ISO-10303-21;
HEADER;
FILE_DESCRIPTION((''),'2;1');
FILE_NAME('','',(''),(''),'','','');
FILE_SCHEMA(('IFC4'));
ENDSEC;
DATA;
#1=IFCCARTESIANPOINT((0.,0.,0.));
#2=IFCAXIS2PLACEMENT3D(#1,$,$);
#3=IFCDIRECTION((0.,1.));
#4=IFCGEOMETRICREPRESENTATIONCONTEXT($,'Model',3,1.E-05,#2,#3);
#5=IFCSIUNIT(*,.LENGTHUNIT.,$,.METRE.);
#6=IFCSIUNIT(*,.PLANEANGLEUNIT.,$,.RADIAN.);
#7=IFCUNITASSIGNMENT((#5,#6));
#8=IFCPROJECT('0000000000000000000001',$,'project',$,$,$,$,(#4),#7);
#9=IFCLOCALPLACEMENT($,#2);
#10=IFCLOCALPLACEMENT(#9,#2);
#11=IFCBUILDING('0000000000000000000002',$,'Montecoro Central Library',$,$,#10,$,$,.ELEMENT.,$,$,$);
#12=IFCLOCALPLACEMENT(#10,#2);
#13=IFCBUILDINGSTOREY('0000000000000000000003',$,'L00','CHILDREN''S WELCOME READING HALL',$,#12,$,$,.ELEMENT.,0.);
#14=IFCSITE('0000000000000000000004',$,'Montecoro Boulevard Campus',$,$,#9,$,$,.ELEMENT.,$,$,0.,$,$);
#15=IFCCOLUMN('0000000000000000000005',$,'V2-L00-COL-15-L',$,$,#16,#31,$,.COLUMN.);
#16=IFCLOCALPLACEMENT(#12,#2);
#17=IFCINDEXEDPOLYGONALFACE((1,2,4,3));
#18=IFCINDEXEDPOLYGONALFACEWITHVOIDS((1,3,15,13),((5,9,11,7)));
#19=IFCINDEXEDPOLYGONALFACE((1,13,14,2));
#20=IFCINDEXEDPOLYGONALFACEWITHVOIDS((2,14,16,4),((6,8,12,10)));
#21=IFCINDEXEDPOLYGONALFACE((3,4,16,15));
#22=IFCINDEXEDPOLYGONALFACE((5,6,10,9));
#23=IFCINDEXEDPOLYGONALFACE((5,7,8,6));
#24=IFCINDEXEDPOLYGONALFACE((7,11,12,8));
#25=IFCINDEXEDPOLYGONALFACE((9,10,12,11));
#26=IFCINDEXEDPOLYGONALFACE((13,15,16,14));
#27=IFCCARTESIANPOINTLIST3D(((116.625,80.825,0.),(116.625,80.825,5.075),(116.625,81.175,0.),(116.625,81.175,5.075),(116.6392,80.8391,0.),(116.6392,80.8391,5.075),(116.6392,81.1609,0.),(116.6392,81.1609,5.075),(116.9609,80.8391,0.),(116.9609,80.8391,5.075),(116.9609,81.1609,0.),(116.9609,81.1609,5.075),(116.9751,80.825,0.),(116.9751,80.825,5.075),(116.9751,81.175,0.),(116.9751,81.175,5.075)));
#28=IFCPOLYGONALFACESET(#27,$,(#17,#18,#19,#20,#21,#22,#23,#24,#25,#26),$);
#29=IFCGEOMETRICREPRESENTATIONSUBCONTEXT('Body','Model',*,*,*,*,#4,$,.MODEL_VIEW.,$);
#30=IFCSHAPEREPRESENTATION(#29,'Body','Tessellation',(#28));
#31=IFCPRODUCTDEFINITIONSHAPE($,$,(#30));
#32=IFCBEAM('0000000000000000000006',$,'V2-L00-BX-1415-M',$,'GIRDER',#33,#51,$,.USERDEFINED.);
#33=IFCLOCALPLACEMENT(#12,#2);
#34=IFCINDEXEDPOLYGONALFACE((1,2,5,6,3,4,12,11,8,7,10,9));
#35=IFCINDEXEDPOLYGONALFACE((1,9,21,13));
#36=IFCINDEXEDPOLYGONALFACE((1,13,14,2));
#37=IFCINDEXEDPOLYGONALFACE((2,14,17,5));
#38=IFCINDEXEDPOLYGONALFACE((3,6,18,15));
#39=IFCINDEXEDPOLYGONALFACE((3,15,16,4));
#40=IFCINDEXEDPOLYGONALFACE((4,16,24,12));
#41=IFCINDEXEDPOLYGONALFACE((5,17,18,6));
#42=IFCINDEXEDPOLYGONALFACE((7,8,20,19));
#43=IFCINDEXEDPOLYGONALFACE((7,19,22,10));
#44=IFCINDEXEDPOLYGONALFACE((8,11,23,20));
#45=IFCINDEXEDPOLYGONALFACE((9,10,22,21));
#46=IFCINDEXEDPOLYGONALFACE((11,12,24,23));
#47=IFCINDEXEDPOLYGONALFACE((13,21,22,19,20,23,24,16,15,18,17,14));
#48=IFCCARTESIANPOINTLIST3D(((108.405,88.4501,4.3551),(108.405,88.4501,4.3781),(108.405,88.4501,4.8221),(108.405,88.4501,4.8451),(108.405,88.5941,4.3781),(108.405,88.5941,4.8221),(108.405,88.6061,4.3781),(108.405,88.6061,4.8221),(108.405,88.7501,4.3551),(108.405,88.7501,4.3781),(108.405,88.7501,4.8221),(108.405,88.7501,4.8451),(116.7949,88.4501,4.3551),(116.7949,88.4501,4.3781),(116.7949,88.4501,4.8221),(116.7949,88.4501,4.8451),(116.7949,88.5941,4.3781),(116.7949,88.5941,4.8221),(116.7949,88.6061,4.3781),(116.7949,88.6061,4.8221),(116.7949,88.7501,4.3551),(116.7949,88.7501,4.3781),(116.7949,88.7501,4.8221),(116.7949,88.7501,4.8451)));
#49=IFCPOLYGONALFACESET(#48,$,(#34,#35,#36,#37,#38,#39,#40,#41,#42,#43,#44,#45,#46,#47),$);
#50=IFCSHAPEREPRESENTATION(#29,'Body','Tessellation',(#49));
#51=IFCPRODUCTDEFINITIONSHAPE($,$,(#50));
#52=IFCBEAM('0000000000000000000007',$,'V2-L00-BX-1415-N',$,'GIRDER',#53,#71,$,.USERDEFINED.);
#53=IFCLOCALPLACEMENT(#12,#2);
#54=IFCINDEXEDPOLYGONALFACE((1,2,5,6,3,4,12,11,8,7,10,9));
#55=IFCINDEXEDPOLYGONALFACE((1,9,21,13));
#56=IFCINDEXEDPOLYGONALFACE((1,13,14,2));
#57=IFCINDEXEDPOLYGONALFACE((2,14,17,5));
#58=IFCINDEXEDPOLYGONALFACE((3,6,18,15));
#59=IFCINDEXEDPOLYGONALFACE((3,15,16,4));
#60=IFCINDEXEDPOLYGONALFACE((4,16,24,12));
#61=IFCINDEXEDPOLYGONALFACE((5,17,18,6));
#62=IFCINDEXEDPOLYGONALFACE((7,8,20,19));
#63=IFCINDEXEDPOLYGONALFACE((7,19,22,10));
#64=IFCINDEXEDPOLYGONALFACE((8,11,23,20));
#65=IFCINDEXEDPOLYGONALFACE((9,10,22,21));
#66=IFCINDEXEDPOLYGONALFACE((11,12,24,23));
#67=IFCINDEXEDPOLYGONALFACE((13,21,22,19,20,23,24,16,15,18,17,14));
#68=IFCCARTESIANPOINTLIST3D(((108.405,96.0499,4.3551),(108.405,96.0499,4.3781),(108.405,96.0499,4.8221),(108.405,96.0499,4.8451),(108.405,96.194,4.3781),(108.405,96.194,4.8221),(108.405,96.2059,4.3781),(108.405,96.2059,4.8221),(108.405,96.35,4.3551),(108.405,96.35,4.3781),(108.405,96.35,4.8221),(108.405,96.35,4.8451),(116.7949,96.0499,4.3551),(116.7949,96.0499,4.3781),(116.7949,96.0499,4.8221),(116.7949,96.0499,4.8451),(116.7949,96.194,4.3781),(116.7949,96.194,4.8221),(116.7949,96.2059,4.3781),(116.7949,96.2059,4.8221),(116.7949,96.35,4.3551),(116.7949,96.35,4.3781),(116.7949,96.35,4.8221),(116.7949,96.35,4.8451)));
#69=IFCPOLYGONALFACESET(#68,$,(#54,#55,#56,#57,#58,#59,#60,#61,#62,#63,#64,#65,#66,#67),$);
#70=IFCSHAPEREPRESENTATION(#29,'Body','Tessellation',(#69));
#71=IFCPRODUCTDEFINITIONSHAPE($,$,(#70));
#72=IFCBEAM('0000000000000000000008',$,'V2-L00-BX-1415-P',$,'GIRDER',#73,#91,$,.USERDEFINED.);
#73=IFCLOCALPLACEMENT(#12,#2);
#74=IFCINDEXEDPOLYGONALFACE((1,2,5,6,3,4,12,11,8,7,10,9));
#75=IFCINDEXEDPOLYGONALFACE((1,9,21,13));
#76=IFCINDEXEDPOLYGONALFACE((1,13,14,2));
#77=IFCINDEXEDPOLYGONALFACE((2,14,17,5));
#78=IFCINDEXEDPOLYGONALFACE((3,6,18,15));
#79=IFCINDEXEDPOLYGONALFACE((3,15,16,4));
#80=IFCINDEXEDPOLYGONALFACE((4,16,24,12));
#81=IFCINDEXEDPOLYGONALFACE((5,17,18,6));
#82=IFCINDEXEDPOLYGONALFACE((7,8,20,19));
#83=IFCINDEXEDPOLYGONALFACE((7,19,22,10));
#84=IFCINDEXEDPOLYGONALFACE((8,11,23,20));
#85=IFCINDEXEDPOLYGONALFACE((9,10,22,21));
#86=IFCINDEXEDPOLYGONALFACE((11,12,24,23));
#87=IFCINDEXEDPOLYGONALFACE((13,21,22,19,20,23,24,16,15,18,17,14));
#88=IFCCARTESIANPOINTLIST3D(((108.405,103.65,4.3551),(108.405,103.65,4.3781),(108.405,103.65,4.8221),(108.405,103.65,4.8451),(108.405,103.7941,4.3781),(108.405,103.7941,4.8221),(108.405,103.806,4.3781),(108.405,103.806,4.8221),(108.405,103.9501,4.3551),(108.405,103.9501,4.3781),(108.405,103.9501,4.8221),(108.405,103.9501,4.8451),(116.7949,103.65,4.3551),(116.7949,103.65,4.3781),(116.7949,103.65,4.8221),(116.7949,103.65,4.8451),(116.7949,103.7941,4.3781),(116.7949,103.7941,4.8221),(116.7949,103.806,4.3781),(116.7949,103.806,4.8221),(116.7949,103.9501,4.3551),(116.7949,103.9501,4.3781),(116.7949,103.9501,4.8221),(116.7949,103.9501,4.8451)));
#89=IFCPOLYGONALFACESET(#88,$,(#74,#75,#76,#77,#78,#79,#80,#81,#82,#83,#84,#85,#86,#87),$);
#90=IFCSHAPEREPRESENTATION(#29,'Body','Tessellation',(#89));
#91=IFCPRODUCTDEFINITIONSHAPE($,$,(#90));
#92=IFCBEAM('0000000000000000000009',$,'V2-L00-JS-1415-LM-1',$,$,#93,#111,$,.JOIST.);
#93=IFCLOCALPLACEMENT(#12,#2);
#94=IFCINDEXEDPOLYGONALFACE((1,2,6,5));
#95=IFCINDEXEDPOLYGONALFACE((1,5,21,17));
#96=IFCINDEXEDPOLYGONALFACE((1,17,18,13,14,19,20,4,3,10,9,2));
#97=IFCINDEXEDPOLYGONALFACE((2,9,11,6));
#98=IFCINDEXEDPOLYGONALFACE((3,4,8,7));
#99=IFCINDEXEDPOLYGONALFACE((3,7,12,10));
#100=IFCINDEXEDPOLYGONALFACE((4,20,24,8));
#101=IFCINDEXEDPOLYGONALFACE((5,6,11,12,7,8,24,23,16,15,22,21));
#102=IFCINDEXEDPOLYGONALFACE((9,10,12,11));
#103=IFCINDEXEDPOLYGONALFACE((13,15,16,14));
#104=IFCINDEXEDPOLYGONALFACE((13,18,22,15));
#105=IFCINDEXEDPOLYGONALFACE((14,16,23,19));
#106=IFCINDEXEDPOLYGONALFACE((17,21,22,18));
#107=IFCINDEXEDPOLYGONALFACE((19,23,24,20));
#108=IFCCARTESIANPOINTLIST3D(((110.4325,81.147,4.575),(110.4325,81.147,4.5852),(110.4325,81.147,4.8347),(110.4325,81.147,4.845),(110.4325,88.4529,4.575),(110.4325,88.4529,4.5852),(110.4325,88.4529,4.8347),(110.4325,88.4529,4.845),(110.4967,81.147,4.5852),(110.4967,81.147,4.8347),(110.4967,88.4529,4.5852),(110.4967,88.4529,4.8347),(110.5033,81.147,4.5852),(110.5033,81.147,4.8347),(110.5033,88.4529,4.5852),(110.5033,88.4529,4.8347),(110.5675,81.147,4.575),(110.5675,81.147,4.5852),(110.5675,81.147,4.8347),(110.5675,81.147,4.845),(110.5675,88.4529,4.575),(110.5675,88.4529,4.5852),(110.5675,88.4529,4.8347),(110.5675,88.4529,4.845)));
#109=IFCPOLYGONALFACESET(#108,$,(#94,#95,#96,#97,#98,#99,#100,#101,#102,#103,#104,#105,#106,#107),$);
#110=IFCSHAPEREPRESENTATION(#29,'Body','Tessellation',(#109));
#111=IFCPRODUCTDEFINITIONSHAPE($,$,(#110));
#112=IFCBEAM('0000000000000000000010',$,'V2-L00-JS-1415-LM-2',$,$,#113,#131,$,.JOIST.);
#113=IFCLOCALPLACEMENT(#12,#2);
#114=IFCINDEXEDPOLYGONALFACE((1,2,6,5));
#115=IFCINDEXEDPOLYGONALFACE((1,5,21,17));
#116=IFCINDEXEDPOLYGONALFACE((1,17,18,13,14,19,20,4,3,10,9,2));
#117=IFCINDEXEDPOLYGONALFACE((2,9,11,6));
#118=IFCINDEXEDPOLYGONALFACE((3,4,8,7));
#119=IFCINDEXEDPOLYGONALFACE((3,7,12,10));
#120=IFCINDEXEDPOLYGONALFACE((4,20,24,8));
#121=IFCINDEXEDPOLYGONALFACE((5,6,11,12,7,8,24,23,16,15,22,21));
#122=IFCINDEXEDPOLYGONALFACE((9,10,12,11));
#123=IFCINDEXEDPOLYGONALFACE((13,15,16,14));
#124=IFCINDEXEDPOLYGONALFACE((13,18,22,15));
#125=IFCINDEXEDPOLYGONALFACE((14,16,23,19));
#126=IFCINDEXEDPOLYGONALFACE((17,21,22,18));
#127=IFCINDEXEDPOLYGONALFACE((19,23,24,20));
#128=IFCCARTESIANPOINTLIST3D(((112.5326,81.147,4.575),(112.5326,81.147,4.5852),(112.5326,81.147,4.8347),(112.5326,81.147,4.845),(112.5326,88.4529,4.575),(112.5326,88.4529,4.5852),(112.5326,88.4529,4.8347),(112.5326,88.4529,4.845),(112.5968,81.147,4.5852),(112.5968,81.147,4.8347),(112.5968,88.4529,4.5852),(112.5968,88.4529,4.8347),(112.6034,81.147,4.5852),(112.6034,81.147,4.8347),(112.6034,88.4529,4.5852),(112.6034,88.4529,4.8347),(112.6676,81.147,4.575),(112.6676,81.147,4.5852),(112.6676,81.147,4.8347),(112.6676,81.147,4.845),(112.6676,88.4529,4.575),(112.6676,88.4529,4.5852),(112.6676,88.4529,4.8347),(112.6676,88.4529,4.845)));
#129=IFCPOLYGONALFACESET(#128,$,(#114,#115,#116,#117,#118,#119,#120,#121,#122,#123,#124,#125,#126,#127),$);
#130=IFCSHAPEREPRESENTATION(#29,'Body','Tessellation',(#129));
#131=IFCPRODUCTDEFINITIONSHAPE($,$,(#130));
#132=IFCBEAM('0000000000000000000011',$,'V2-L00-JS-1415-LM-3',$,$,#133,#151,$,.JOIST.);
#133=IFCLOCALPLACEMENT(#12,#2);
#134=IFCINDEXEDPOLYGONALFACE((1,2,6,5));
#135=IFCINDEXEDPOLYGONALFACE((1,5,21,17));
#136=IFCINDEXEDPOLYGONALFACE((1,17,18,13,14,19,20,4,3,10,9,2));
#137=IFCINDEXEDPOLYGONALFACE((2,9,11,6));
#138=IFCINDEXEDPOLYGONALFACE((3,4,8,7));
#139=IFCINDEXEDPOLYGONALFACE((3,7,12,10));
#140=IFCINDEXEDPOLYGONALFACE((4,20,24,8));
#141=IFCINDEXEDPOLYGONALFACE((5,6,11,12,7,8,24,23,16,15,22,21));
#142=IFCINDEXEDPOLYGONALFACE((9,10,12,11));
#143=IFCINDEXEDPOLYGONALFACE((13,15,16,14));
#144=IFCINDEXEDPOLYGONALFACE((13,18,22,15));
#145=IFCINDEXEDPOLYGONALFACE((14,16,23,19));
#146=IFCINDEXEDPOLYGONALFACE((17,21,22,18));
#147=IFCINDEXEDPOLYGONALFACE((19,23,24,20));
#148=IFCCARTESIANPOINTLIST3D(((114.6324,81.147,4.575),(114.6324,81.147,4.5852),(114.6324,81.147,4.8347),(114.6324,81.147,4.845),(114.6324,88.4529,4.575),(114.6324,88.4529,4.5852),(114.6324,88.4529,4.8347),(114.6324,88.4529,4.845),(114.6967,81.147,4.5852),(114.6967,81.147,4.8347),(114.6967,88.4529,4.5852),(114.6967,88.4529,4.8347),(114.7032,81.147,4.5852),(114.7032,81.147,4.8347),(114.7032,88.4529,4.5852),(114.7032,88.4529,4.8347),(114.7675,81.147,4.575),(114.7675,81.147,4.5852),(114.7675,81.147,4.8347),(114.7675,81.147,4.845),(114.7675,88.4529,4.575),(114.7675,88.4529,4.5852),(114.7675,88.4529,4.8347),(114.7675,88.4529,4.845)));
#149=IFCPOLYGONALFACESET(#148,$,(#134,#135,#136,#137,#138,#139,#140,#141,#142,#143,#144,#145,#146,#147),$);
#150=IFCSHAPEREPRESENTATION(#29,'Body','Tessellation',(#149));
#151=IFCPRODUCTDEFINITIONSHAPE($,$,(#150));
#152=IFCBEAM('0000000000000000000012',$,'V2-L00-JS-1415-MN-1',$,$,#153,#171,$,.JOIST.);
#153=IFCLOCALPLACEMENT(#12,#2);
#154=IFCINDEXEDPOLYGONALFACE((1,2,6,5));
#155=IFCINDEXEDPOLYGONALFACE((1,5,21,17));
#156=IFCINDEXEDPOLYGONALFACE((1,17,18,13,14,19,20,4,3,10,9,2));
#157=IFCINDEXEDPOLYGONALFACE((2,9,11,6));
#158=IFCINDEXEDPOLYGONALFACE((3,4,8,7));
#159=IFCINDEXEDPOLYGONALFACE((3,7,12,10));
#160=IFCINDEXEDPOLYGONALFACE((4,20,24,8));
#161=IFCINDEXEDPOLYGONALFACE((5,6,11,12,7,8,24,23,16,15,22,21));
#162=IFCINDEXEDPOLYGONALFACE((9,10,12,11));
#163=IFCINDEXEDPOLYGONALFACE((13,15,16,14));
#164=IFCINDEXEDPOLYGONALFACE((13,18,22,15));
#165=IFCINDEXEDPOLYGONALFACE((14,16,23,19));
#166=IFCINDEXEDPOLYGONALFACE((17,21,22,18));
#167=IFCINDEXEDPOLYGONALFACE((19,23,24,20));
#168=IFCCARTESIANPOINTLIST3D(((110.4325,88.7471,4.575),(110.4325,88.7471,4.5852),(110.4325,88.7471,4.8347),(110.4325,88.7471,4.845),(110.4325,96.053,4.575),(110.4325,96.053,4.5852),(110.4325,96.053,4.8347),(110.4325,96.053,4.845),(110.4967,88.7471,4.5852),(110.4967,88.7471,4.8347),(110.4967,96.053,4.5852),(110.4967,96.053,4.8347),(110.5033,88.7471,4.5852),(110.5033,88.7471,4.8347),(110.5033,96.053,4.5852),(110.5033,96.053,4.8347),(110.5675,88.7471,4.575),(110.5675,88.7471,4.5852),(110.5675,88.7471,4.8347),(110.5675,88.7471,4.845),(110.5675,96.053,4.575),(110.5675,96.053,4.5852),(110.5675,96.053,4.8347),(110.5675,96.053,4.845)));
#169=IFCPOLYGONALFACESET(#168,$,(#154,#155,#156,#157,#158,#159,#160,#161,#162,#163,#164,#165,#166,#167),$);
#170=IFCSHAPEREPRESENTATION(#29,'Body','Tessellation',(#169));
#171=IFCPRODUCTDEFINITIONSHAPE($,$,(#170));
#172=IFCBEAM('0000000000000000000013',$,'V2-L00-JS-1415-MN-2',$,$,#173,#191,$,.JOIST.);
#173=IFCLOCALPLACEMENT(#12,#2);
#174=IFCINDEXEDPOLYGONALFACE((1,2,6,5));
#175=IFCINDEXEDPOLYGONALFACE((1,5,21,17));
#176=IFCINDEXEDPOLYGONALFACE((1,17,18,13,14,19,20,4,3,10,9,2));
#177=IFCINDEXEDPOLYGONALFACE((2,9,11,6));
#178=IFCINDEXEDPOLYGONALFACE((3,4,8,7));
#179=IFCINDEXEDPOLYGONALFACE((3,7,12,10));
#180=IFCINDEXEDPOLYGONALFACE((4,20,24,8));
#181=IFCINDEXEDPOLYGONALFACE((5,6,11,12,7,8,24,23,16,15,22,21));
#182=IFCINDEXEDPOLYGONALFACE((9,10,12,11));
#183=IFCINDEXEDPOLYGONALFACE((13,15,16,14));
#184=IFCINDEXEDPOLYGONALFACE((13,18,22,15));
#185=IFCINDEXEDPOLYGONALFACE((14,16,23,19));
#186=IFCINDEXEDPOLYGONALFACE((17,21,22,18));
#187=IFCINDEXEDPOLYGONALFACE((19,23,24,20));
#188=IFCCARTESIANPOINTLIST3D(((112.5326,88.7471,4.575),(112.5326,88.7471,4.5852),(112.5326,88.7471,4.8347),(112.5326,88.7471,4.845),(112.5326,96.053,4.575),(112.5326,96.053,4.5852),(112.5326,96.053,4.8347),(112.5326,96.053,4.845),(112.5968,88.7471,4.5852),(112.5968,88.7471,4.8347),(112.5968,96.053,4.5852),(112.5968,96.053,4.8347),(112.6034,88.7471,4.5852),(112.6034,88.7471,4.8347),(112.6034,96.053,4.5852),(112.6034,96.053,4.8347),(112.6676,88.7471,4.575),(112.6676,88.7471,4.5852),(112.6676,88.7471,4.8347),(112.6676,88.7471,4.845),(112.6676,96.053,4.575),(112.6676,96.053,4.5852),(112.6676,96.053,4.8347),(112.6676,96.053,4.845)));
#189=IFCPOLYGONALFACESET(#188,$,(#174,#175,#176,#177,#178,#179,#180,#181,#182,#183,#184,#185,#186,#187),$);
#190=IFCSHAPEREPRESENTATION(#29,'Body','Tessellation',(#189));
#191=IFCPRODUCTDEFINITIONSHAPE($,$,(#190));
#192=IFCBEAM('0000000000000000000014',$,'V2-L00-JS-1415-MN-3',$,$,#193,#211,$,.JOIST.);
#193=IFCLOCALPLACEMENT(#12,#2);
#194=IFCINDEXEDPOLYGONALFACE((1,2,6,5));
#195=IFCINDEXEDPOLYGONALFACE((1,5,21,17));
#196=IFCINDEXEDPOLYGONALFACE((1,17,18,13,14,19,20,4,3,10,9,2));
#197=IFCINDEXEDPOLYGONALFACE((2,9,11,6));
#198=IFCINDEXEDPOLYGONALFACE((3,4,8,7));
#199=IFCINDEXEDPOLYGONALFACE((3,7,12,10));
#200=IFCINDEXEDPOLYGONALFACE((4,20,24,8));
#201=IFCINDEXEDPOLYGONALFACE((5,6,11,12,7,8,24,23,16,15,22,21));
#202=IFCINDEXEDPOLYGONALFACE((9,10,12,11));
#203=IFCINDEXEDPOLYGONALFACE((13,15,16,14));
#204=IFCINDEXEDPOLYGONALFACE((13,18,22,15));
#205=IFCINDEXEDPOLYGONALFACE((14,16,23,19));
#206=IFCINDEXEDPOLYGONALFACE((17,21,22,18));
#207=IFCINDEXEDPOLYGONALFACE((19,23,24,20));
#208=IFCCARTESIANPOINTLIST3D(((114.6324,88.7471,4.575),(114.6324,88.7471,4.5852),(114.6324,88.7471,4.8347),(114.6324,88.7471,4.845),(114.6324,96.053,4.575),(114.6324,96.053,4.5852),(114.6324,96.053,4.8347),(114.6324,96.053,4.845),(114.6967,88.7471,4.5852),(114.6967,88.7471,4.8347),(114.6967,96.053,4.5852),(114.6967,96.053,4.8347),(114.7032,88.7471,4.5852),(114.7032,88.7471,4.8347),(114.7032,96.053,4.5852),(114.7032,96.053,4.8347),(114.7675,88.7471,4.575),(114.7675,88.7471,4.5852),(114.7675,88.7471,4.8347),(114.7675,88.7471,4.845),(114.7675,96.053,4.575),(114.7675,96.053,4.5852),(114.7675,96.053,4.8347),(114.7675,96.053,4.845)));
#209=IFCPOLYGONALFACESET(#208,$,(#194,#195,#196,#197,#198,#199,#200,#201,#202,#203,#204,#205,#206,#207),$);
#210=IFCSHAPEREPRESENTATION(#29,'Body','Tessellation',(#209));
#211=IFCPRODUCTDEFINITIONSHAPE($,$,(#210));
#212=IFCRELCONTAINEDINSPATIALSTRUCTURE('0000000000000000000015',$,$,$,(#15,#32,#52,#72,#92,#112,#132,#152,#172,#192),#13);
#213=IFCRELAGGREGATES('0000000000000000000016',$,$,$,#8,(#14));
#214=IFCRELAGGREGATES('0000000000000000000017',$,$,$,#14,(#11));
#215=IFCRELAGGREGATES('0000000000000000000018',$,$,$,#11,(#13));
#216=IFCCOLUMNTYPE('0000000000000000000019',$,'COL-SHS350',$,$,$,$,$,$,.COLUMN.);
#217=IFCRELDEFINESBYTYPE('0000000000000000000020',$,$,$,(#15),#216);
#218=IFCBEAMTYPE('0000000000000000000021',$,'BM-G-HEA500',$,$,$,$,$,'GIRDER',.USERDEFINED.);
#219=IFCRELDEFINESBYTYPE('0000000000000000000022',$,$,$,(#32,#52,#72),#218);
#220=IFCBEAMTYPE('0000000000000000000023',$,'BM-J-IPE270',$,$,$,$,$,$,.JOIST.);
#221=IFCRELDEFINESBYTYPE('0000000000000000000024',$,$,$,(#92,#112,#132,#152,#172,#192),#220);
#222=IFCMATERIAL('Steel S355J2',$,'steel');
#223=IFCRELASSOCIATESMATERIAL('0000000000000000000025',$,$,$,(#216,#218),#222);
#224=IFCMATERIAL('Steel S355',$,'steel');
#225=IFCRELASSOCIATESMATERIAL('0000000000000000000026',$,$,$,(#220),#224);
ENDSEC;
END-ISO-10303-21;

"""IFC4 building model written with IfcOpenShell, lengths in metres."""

from ifc_helpers import new_model, si_unit, direction, frame, origin, origin_2d, place, context, subcontext, project, spatial, hollow_rectangle, i_section, extrude, material, material_profile, profile_set, type_object, element, save


model = new_model("IFC4")

# Units and contexts
model_context = context("Model", 3, precision=1e-05, world=origin(), true_north=direction((0.0, 1.0)))
body_context = subcontext(model_context, "Body", "Model", "MODEL_VIEW")
ifc_project = project(units=[si_unit("LENGTHUNIT", "METRE"), si_unit("PLANEANGLEUNIT", "RADIAN")], contexts=[model_context])

# Site, building, storey
site_placement = place(None, origin())
site = spatial("IfcSite", under=ifc_project, at=site_placement, Name="Montecoro Boulevard Campus", CompositionType="ELEMENT", RefElevation=0.0)
building_placement = place(site_placement, origin())
building = spatial("IfcBuilding", under=site, at=building_placement, Name="Montecoro Central Library", CompositionType="ELEMENT")
storey_placement = place(building_placement, origin())
storey = spatial("IfcBuildingStorey", under=building, at=storey_placement, Name="L00", Description="CHILDREN'S WELCOME READING HALL", CompositionType="ELEMENT", Elevation=0.0)

# Column
ifc_material_1 = material(Name="Steel S355J2", Category="steel")
ifc_material_profile_1 = material_profile(ifc_material_1, hollow_rectangle(XDim=0.3501, YDim=0.3501, WallThickness=0.0142, at=origin_2d()), Name="SHS 350x350x14.2")
ifc_profile_set_1 = profile_set([ifc_material_profile_1], Name="Steel S355J2")
column_type = type_object("IfcColumnType", Name="COL-SHS350", PredefinedType="COLUMN", material=ifc_profile_set_1)
column_placement = place(storey_placement, frame((116.8, 81.0, 0.0), z_axis=(0.0, 0.0, 1.0), x_axis=(1.0, 0.0, 0.0)))
element("IfcColumn", 1, at=column_placement, inside=storey, type_object=column_type, Name="V2-L00-COL-15-L", PredefinedType="COLUMN", context=body_context, shape_type="SweptSolid", body=[
    extrude(hollow_rectangle(XDim=0.3501, YDim=0.3501, WallThickness=0.0142, at=origin_2d()), origin(), (0.0, 0.0, 1.0), 5.075),
])

# Beams
ifc_material_profile_2 = material_profile(ifc_material_1, i_section(OverallWidth=0.3, OverallDepth=0.49, WebThickness=0.012, FlangeThickness=0.0229, at=origin_2d()), Name="HEA 500")
ifc_profile_set_2 = profile_set([ifc_material_profile_2], Name="Steel S355J2")
beam_type_1 = type_object("IfcBeamType", Name="BM-G-HEA500", ElementType="GIRDER", PredefinedType="USERDEFINED", material=ifc_profile_set_2)
for number, where, z_axis, x_axis, name in (
    (2, (108.405, 88.6001, 4.6001), (1.0, 0.0, 0.0), (0.0, 1.0, 0.0), "V2-L00-BX-1415-M"),
    (3, (108.405, 96.2, 4.6001), (1.0, 0.0, 0.0), (0.0, 1.0, 0.0), "V2-L00-BX-1415-N"),
    (4, (108.405, 103.8, 4.6001), (1.0, 0.0, 0.0), (0.0, 1.0, 0.0), "V2-L00-BX-1415-P"),
):
    element("IfcBeam", number, at=place(storey_placement, frame(where, z_axis=z_axis, x_axis=x_axis)), inside=storey, type_object=beam_type_1, Name=name, ObjectType="GIRDER", PredefinedType="USERDEFINED", context=body_context, shape_type="SweptSolid", body=[
        extrude(i_section(OverallWidth=0.3, OverallDepth=0.49, WebThickness=0.012, FlangeThickness=0.0229, at=origin_2d()), origin(), (0.0, 0.0, 1.0), 8.3899),
    ])
ifc_material_2 = material(Name="Steel S355", Category="steel")
ifc_material_profile_3 = material_profile(ifc_material_2, i_section(OverallWidth=0.135, OverallDepth=0.27, WebThickness=0.0066, FlangeThickness=0.0103, at=origin_2d()), Name="IPE 270")
ifc_profile_set_3 = profile_set([ifc_material_profile_3], Name="Steel S355")
beam_type_2 = type_object("IfcBeamType", Name="BM-J-IPE270", PredefinedType="JOIST", material=ifc_profile_set_3)
for number, where, z_axis, x_axis, name in (
    (5, (110.5, 81.147, 4.71), (0.0, 1.0, 0.0), (-1.0, 0.0, 0.0), "V2-L00-JS-1415-LM-1"),
    (6, (112.6001, 81.147, 4.71), (0.0, 1.0, 0.0), (-1.0, 0.0, 0.0), "V2-L00-JS-1415-LM-2"),
    (7, (114.7, 81.147, 4.71), (0.0, 1.0, 0.0), (-1.0, 0.0, 0.0), "V2-L00-JS-1415-LM-3"),
    (8, (110.5, 88.7471, 4.71), (0.0, 1.0, 0.0), (-1.0, 0.0, 0.0), "V2-L00-JS-1415-MN-1"),
    (9, (112.6001, 88.7471, 4.71), (0.0, 1.0, 0.0), (-1.0, 0.0, 0.0), "V2-L00-JS-1415-MN-2"),
    (10, (114.7, 88.7471, 4.71), (0.0, 1.0, 0.0), (-1.0, 0.0, 0.0), "V2-L00-JS-1415-MN-3"),
):
    element("IfcBeam", number, at=place(storey_placement, frame(where, z_axis=z_axis, x_axis=x_axis)), inside=storey, type_object=beam_type_2, Name=name, PredefinedType="JOIST", context=body_context, shape_type="SweptSolid", body=[
        extrude(i_section(OverallWidth=0.135, OverallDepth=0.27, WebThickness=0.0066, FlangeThickness=0.0103, at=origin_2d()), origin(), (0.0, 0.0, 1.0), 7.3059),
    ])

save(model, "model.ifc")
